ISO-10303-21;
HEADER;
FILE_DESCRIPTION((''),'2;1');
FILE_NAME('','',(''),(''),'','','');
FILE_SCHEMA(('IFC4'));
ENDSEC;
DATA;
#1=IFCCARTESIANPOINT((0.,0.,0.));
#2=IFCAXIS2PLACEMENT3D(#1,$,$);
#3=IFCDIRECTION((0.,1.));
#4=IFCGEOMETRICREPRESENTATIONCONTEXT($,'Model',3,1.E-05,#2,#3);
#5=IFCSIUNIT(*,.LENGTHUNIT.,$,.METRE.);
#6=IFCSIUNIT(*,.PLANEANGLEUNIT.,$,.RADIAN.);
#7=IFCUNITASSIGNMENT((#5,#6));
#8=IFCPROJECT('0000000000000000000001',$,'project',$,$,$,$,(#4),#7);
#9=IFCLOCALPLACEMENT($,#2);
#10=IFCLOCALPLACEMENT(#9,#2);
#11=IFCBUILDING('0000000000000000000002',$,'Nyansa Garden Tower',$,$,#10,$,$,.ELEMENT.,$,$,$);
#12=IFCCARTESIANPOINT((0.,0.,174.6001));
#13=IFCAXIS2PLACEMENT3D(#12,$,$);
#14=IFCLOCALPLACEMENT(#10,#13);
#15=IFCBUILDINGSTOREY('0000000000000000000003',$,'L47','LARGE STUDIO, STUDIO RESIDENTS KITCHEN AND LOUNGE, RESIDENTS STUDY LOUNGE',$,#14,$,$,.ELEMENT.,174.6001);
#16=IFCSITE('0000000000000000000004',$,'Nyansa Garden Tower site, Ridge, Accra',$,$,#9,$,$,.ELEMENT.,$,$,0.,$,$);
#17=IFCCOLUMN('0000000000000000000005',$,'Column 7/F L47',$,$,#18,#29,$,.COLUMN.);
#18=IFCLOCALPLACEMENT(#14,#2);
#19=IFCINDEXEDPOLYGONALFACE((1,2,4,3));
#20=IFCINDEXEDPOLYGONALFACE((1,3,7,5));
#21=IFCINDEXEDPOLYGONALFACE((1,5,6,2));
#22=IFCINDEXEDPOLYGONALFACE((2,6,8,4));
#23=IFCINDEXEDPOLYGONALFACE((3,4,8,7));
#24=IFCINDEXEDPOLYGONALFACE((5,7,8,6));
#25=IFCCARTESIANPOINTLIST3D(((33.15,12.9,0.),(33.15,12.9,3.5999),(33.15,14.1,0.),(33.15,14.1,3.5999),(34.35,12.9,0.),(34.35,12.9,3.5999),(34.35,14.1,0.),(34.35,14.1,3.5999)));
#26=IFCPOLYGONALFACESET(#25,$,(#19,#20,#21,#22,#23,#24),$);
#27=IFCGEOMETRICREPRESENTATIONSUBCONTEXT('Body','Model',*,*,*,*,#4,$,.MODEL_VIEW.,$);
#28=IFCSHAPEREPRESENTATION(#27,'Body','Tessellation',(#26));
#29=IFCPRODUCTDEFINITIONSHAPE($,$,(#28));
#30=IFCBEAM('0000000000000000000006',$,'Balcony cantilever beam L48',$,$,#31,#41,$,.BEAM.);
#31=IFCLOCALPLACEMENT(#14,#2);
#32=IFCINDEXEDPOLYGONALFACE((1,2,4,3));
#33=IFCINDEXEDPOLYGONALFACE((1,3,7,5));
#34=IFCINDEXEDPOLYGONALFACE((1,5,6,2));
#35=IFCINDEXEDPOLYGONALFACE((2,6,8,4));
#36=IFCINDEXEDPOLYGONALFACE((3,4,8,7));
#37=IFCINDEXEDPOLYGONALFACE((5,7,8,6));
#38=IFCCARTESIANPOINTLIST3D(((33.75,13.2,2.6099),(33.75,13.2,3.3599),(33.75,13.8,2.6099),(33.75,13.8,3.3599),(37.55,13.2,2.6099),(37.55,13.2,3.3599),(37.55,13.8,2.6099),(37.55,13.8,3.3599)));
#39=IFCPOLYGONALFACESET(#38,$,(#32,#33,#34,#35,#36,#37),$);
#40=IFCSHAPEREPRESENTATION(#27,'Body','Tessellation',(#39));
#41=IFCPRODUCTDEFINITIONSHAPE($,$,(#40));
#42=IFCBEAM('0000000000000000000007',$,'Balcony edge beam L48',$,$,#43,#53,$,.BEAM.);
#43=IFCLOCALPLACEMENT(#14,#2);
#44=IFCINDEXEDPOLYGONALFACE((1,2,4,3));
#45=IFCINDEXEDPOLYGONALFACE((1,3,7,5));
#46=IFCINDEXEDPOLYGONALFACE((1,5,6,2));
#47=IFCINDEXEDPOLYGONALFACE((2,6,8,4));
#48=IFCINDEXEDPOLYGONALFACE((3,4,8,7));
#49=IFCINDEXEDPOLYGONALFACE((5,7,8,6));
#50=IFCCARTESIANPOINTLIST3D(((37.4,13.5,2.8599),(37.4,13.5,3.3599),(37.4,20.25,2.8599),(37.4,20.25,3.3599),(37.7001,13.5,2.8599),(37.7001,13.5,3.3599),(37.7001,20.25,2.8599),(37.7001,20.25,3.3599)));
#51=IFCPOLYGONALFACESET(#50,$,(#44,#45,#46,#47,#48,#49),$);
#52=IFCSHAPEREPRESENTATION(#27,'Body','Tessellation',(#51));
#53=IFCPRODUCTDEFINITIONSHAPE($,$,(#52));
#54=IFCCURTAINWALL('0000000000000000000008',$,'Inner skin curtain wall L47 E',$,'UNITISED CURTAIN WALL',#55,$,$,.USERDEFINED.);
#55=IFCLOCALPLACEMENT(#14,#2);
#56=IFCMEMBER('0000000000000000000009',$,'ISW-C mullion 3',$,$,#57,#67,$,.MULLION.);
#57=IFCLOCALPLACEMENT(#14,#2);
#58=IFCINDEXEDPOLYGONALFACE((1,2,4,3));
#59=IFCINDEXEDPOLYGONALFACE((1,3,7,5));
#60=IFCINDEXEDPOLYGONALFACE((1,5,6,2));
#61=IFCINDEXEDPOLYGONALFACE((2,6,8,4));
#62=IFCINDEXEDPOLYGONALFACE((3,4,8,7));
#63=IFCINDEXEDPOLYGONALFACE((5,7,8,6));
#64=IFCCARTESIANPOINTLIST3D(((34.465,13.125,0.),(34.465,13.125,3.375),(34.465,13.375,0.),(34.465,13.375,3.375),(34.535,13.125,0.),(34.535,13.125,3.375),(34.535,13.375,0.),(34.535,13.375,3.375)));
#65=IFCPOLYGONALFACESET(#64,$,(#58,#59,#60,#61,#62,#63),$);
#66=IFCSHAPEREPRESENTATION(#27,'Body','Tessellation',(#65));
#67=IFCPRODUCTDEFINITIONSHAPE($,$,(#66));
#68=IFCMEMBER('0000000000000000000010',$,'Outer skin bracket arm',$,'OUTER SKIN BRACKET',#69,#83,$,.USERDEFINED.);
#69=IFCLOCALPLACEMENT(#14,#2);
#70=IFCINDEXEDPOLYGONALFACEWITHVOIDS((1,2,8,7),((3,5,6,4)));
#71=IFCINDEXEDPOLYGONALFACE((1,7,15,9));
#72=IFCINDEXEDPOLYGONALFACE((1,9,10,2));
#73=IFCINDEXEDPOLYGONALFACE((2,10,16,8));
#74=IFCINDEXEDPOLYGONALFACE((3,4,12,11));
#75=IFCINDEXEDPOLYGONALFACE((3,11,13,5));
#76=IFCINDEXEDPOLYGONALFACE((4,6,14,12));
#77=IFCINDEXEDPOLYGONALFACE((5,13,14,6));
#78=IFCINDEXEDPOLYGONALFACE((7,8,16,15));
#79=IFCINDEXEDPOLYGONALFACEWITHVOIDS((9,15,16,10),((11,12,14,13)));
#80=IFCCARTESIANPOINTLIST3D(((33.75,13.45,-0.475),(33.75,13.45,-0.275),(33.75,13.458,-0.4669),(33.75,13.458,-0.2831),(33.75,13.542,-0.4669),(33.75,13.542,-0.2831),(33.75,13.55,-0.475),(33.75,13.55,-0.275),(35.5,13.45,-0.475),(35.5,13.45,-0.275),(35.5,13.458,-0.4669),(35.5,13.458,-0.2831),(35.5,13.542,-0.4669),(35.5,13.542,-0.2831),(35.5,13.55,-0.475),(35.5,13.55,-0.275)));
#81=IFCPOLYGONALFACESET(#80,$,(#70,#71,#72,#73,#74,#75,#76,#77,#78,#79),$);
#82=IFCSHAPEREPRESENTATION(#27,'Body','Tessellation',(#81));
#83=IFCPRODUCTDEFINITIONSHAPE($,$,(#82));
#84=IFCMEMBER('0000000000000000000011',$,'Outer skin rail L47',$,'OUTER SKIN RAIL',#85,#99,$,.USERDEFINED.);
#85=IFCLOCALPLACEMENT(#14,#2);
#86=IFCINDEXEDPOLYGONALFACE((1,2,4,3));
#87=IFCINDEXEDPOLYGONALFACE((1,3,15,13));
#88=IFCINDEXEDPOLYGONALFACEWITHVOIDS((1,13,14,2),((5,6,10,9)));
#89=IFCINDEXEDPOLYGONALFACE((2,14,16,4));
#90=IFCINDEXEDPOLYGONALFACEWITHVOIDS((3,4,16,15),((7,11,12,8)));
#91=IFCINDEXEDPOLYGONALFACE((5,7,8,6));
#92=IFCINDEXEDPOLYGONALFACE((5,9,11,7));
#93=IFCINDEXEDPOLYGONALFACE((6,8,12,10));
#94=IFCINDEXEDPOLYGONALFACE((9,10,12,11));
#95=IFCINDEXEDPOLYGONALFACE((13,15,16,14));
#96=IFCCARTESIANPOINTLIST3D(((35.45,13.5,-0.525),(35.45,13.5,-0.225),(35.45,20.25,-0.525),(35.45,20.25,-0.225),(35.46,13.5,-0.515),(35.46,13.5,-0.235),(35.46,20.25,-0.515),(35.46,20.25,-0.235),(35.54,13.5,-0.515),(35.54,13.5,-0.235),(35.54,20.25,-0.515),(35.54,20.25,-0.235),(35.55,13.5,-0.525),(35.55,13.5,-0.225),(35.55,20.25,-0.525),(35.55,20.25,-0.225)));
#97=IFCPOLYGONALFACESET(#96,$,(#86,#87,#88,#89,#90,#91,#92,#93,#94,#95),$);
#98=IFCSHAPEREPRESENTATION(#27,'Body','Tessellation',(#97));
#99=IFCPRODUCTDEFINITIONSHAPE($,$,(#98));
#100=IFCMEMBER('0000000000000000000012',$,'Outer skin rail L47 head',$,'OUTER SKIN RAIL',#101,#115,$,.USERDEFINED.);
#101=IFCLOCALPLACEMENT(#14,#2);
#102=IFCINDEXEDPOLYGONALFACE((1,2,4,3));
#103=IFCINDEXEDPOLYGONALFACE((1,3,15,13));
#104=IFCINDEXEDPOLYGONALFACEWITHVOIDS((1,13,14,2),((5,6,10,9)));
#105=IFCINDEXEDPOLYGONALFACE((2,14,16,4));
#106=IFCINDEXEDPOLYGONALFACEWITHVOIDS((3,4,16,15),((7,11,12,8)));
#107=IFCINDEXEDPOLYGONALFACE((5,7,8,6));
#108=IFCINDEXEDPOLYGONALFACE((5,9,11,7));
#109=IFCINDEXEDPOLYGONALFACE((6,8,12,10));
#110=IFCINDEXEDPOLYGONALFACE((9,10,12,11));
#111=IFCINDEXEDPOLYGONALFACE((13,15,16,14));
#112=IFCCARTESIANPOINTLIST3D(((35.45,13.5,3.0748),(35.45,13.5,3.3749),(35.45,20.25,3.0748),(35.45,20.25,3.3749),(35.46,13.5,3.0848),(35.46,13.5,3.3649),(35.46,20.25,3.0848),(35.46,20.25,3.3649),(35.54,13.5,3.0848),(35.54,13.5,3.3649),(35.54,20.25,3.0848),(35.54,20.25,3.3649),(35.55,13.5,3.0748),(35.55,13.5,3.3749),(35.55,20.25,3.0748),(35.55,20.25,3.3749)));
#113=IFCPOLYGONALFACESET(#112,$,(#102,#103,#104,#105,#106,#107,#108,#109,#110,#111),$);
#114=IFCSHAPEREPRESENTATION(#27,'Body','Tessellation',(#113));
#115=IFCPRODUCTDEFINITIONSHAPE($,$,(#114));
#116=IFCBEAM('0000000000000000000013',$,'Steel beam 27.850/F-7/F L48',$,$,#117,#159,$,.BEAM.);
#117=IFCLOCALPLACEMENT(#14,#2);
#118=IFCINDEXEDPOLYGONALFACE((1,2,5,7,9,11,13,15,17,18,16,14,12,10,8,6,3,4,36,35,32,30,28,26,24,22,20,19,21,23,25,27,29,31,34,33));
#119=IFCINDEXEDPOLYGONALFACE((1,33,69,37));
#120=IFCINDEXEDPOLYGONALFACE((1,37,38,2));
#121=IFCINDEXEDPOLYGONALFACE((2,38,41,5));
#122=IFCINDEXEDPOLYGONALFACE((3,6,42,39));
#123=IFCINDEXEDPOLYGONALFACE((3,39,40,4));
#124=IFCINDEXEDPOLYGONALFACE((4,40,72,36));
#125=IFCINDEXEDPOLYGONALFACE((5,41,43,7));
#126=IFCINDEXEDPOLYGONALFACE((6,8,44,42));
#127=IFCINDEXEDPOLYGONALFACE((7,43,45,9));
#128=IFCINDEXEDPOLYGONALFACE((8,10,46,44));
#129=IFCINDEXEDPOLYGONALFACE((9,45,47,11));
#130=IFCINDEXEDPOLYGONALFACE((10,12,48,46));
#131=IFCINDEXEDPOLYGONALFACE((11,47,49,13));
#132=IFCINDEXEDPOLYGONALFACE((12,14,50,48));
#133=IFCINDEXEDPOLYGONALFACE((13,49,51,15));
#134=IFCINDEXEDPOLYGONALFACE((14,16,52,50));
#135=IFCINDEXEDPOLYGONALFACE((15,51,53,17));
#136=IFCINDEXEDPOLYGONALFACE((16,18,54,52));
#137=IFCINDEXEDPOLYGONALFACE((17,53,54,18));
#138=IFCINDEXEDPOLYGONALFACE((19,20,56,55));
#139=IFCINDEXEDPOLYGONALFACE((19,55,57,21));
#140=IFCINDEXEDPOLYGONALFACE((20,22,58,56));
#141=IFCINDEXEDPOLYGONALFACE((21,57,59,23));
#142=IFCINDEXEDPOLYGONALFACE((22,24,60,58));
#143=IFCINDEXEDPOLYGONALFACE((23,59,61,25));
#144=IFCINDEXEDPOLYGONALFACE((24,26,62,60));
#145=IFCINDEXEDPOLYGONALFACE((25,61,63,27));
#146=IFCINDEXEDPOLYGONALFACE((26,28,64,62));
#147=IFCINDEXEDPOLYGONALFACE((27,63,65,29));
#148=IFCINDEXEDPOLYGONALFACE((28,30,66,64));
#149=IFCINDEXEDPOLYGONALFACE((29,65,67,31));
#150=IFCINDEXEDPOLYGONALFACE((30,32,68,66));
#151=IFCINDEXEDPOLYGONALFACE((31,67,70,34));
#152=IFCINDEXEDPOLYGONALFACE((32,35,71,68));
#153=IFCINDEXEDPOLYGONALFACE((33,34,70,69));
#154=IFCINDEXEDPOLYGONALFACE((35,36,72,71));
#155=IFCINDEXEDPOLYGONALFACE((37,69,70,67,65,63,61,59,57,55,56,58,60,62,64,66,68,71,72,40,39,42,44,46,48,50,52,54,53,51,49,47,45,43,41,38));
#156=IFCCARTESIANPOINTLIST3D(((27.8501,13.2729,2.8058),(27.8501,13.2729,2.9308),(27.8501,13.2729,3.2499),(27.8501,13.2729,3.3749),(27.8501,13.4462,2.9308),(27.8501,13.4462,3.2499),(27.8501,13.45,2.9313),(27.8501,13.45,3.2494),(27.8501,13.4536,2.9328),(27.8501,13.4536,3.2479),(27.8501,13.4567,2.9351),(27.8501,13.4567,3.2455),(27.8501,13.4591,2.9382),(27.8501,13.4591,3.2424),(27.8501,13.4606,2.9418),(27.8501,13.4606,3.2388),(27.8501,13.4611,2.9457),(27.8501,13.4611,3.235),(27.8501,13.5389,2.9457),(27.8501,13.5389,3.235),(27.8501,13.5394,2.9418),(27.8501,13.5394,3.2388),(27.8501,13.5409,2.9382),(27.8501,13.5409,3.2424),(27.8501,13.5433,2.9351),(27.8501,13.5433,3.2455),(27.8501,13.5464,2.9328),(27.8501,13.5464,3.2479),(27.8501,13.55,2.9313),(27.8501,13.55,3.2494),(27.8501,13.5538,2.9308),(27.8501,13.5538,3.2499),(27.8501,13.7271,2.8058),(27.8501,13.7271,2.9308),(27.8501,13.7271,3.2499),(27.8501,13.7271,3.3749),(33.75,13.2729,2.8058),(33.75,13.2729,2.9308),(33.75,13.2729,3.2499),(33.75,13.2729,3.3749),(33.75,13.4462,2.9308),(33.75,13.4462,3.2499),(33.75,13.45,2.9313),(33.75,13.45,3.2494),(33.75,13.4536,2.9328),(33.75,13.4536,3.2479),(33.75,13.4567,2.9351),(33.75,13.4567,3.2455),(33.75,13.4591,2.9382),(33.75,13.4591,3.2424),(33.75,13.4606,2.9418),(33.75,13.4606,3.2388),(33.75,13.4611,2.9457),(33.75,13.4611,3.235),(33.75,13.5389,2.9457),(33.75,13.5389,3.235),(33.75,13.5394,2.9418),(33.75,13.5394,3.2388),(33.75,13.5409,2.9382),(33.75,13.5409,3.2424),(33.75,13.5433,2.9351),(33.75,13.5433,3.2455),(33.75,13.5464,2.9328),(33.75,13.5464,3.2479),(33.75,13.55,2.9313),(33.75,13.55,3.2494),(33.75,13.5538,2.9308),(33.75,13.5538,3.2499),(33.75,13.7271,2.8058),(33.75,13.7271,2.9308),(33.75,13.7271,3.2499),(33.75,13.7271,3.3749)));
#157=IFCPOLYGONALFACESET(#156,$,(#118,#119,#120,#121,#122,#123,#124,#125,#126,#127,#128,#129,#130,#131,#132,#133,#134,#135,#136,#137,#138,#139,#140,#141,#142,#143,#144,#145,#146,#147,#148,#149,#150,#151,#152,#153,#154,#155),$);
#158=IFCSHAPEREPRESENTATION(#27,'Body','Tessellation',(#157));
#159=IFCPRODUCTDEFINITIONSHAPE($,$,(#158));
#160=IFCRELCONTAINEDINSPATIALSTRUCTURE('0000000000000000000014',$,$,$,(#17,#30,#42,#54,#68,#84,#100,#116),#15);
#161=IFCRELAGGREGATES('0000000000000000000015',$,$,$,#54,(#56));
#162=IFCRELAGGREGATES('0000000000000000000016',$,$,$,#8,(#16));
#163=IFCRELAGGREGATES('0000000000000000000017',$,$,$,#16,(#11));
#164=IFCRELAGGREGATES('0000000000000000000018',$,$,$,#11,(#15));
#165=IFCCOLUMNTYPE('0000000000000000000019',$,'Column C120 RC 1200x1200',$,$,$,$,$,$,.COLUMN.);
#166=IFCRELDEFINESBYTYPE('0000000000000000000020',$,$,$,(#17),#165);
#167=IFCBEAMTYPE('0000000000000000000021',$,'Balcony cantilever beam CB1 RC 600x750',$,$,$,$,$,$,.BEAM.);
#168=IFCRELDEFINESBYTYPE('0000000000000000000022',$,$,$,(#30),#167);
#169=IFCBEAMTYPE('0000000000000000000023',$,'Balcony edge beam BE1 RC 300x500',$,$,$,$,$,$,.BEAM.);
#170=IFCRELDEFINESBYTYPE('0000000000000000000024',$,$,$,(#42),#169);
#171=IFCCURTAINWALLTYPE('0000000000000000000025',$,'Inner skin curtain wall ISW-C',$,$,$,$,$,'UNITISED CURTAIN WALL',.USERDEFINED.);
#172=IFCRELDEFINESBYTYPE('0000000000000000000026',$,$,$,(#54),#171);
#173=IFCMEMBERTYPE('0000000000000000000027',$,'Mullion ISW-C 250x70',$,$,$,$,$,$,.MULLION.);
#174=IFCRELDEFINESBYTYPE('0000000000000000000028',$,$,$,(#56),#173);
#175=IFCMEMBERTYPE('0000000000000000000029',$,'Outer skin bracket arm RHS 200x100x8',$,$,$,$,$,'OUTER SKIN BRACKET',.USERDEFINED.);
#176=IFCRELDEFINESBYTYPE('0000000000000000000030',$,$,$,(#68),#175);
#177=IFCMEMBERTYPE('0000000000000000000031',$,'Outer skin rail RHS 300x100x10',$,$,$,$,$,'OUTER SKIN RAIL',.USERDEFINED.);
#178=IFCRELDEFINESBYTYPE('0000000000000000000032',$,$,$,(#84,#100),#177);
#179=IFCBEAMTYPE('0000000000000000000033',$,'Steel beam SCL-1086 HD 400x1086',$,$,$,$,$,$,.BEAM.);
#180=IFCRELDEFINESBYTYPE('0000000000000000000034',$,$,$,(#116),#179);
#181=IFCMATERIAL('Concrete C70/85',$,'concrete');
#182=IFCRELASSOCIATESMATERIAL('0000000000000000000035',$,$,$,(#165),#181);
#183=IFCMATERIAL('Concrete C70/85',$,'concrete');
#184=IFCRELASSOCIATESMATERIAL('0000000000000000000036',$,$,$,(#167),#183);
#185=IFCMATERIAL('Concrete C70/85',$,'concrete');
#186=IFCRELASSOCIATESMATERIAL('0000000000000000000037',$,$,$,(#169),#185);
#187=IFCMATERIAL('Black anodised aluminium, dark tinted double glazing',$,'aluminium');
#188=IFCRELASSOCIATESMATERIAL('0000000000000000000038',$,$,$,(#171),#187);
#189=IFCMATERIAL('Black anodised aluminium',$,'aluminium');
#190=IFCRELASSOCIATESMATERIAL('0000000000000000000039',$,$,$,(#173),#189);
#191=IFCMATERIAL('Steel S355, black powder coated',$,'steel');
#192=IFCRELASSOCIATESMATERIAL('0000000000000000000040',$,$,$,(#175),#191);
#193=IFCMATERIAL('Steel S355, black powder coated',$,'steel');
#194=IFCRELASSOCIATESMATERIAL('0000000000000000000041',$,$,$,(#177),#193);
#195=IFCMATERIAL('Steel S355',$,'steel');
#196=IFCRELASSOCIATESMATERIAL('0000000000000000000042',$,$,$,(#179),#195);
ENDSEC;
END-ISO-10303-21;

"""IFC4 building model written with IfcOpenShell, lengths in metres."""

from ifc_helpers import new_model, si_unit, direction, frame, origin, origin_2d, place, context, subcontext, project, spatial, rectangle, hollow_rectangle, i_section, extrude, material, material_profile, profile_set, type_object, element, aggregate, save


model = new_model("IFC4")

# Units and contexts
model_context = context("Model", 3, precision=1e-05, world=origin(), true_north=direction((0.0, 1.0)))
body_context = subcontext(model_context, "Body", "Model", "MODEL_VIEW")
ifc_project = project(units=[si_unit("LENGTHUNIT", "METRE"), si_unit("PLANEANGLEUNIT", "RADIAN")], contexts=[model_context])

# Site, building, storey
site_placement = place(None, origin())
site = spatial("IfcSite", under=ifc_project, at=site_placement, Name="Nyansa Garden Tower site, Ridge, Accra", CompositionType="ELEMENT", RefElevation=0.0)
building_placement = place(site_placement, origin())
building = spatial("IfcBuilding", under=site, at=building_placement, Name="Nyansa Garden Tower", CompositionType="ELEMENT")
storey_placement = place(building_placement, frame((0.0, 0.0, 174.6001)))
storey = spatial("IfcBuildingStorey", under=building, at=storey_placement, Name="L47", Description="LARGE STUDIO, STUDIO RESIDENTS KITCHEN AND LOUNGE, RESIDENTS STUDY LOUNGE", CompositionType="ELEMENT", Elevation=174.6001)

# Column
ifc_material_1 = material(Name="Concrete C70/85", Category="concrete")
ifc_material_profile_1 = material_profile(ifc_material_1, rectangle(XDim=1.2, YDim=1.2, at=origin_2d()), Name="RC 1200x1200")
ifc_profile_set_1 = profile_set([ifc_material_profile_1], Name="Concrete C70/85")
column_type = type_object("IfcColumnType", Name="Column C120 RC 1200x1200", PredefinedType="COLUMN", material=ifc_profile_set_1)
column_placement = place(storey_placement, frame((33.75, 13.5, 0.0), z_axis=(0.0, 0.0, 1.0), x_axis=(1.0, 0.0, 0.0)))
element("IfcColumn", 1, at=column_placement, inside=storey, type_object=column_type, Name="Column 7/F L47", PredefinedType="COLUMN", context=body_context, shape_type="SweptSolid", body=[
    extrude(rectangle(XDim=1.2, YDim=1.2, at=origin_2d()), origin(), (0.0, 0.0, 1.0), 3.5999),
])

# Beams
ifc_material_2 = material(Name="Concrete C70/85", Category="concrete")
ifc_material_profile_2 = material_profile(ifc_material_2, rectangle(XDim=0.6001, YDim=0.75, at=origin_2d()), Name="RC 600x750")
ifc_profile_set_2 = profile_set([ifc_material_profile_2], Name="Concrete C70/85")
beam_type_1 = type_object("IfcBeamType", Name="Balcony cantilever beam CB1 RC 600x750", PredefinedType="BEAM", material=ifc_profile_set_2)
beam_1_placement = place(storey_placement, frame((33.75, 13.5, 2.9849), z_axis=(1.0, 0.0, 0.0), x_axis=(0.0, 1.0, 0.0)))
element("IfcBeam", 2, at=beam_1_placement, inside=storey, type_object=beam_type_1, Name="Balcony cantilever beam L48", PredefinedType="BEAM", context=body_context, shape_type="SweptSolid", body=[
    extrude(rectangle(XDim=0.6001, YDim=0.75, at=origin_2d()), origin(), (0.0, 0.0, 1.0), 3.8),
])
ifc_material_3 = material(Name="Concrete C70/85", Category="concrete")
ifc_material_profile_3 = material_profile(ifc_material_3, rectangle(XDim=0.3, YDim=0.5, at=origin_2d()), Name="RC 300x500")
ifc_profile_set_3 = profile_set([ifc_material_profile_3], Name="Concrete C70/85")
beam_type_2 = type_object("IfcBeamType", Name="Balcony edge beam BE1 RC 300x500", PredefinedType="BEAM", material=ifc_profile_set_3)
beam_2_placement = place(storey_placement, frame((37.55, 13.5, 3.1099), z_axis=(0.0, 1.0, 0.0), x_axis=(-1.0, 0.0, 0.0)))
element("IfcBeam", 3, at=beam_2_placement, inside=storey, type_object=beam_type_2, Name="Balcony edge beam L48", PredefinedType="BEAM", context=body_context, shape_type="SweptSolid", body=[
    extrude(rectangle(XDim=0.3, YDim=0.5, at=origin_2d()), origin(), (0.0, 0.0, 1.0), 6.75),
])

# Curtain wall, member
ifc_material_4 = material(Name="Black anodised aluminium, dark tinted double glazing", Category="aluminium")
curtain_wall_type = type_object("IfcCurtainWallType", Name="Inner skin curtain wall ISW-C", ElementType="UNITISED CURTAIN WALL", PredefinedType="USERDEFINED", material=ifc_material_4)
curtain_wall_placement = place(storey_placement, origin())
curtain_wall = element("IfcCurtainWall", 4, at=curtain_wall_placement, inside=storey, type_object=curtain_wall_type, Name="Inner skin curtain wall L47 E", ObjectType="UNITISED CURTAIN WALL", PredefinedType="USERDEFINED")
ifc_material_5 = material(Name="Black anodised aluminium", Category="aluminium")
ifc_material_profile_4 = material_profile(ifc_material_5, rectangle(XDim=0.0701, YDim=0.25, at=origin_2d()), Name="Mullion 250x70")
ifc_profile_set_4 = profile_set([ifc_material_profile_4], Name="Black anodised aluminium")
member_type_1 = type_object("IfcMemberType", Name="Mullion ISW-C 250x70", PredefinedType="MULLION", material=ifc_profile_set_4)
member_1_placement = place(storey_placement, frame((34.5, 13.25, 0.0), z_axis=(0.0, 0.0, 1.0), x_axis=(-1.0, 0.0, 0.0)))
member_1 = element("IfcMember", 5, at=member_1_placement, type_object=member_type_1, Name="ISW-C mullion 3", PredefinedType="MULLION", context=body_context, shape_type="SweptSolid", body=[
    extrude(rectangle(XDim=0.0701, YDim=0.25, at=origin_2d()), origin(), (0.0, 0.0, 1.0), 3.375),
])

# Members
ifc_material_6 = material(Name="Steel S355, black powder coated", Category="steel")
ifc_material_profile_5 = material_profile(ifc_material_6, hollow_rectangle(XDim=0.1001, YDim=0.2, WallThickness=0.0081, at=origin_2d()), Name="RHS 200x100x8")
ifc_profile_set_5 = profile_set([ifc_material_profile_5], Name="Steel S355, black powder coated")
member_type_2 = type_object("IfcMemberType", Name="Outer skin bracket arm RHS 200x100x8", ElementType="OUTER SKIN BRACKET", PredefinedType="USERDEFINED", material=ifc_profile_set_5)
member_2_placement = place(storey_placement, frame((33.75, 13.5, -0.375), z_axis=(1.0, 0.0, 0.0), x_axis=(0.0, 1.0, 0.0)))
element("IfcMember", 6, at=member_2_placement, inside=storey, type_object=member_type_2, Name="Outer skin bracket arm", ObjectType="OUTER SKIN BRACKET", PredefinedType="USERDEFINED", context=body_context, shape_type="SweptSolid", body=[
    extrude(hollow_rectangle(XDim=0.1001, YDim=0.2, WallThickness=0.0081, at=origin_2d()), origin(), (0.0, 0.0, 1.0), 1.75),
])
ifc_material_7 = material(Name="Steel S355, black powder coated", Category="steel")
ifc_material_profile_6 = material_profile(ifc_material_7, hollow_rectangle(XDim=0.1001, YDim=0.3, WallThickness=0.01, at=origin_2d()), Name="RHS 300x100x10")
ifc_profile_set_6 = profile_set([ifc_material_profile_6], Name="Steel S355, black powder coated")
member_type_3 = type_object("IfcMemberType", Name="Outer skin rail RHS 300x100x10", ElementType="OUTER SKIN RAIL", PredefinedType="USERDEFINED", material=ifc_profile_set_6)
for number, where, z_axis, x_axis, name in (
    (7, (35.5, 13.5, -0.375), (0.0, 1.0, 0.0), (-1.0, 0.0, 0.0), "Outer skin rail L47"),
    (8, (35.5, 13.5, 3.2249), (0.0, 1.0, 0.0), (-1.0, 0.0, 0.0), "Outer skin rail L47 head"),
):
    element("IfcMember", number, at=place(storey_placement, frame(where, z_axis=z_axis, x_axis=x_axis)), inside=storey, type_object=member_type_3, Name=name, ObjectType="OUTER SKIN RAIL", PredefinedType="USERDEFINED", context=body_context, shape_type="SweptSolid", body=[
        extrude(hollow_rectangle(XDim=0.1001, YDim=0.3, WallThickness=0.01, at=origin_2d()), origin(), (0.0, 0.0, 1.0), 6.75),
    ])

# Beam
ifc_material_8 = material(Name="Steel S355", Category="steel")
ifc_material_profile_7 = material_profile(ifc_material_8, i_section(OverallWidth=0.4541, OverallDepth=0.5691, WebThickness=0.0779, FlangeThickness=0.125, FilletRadius=0.0149, at=origin_2d()), Name="HD 400x1086")
ifc_profile_set_7 = profile_set([ifc_material_profile_7], Name="Steel S355")
beam_type_3 = type_object("IfcBeamType", Name="Steel beam SCL-1086 HD 400x1086", PredefinedType="BEAM", material=ifc_profile_set_7)
beam_3_placement = place(storey_placement, frame((27.8501, 13.5, 3.0903), z_axis=(1.0, 0.0, 0.0), x_axis=(0.0, 1.0, 0.0)))
element("IfcBeam", 9, at=beam_3_placement, inside=storey, type_object=beam_type_3, Name="Steel beam 27.850/F-7/F L48", PredefinedType="BEAM", context=body_context, shape_type="SweptSolid", body=[
    extrude(i_section(OverallWidth=0.4541, OverallDepth=0.5691, WebThickness=0.0779, FlangeThickness=0.125, FilletRadius=0.0149, at=origin_2d()), origin(), (0.0, 0.0, 1.0), 5.8999),
])

aggregate(curtain_wall, [member_1])

save(model, "model.ifc")
